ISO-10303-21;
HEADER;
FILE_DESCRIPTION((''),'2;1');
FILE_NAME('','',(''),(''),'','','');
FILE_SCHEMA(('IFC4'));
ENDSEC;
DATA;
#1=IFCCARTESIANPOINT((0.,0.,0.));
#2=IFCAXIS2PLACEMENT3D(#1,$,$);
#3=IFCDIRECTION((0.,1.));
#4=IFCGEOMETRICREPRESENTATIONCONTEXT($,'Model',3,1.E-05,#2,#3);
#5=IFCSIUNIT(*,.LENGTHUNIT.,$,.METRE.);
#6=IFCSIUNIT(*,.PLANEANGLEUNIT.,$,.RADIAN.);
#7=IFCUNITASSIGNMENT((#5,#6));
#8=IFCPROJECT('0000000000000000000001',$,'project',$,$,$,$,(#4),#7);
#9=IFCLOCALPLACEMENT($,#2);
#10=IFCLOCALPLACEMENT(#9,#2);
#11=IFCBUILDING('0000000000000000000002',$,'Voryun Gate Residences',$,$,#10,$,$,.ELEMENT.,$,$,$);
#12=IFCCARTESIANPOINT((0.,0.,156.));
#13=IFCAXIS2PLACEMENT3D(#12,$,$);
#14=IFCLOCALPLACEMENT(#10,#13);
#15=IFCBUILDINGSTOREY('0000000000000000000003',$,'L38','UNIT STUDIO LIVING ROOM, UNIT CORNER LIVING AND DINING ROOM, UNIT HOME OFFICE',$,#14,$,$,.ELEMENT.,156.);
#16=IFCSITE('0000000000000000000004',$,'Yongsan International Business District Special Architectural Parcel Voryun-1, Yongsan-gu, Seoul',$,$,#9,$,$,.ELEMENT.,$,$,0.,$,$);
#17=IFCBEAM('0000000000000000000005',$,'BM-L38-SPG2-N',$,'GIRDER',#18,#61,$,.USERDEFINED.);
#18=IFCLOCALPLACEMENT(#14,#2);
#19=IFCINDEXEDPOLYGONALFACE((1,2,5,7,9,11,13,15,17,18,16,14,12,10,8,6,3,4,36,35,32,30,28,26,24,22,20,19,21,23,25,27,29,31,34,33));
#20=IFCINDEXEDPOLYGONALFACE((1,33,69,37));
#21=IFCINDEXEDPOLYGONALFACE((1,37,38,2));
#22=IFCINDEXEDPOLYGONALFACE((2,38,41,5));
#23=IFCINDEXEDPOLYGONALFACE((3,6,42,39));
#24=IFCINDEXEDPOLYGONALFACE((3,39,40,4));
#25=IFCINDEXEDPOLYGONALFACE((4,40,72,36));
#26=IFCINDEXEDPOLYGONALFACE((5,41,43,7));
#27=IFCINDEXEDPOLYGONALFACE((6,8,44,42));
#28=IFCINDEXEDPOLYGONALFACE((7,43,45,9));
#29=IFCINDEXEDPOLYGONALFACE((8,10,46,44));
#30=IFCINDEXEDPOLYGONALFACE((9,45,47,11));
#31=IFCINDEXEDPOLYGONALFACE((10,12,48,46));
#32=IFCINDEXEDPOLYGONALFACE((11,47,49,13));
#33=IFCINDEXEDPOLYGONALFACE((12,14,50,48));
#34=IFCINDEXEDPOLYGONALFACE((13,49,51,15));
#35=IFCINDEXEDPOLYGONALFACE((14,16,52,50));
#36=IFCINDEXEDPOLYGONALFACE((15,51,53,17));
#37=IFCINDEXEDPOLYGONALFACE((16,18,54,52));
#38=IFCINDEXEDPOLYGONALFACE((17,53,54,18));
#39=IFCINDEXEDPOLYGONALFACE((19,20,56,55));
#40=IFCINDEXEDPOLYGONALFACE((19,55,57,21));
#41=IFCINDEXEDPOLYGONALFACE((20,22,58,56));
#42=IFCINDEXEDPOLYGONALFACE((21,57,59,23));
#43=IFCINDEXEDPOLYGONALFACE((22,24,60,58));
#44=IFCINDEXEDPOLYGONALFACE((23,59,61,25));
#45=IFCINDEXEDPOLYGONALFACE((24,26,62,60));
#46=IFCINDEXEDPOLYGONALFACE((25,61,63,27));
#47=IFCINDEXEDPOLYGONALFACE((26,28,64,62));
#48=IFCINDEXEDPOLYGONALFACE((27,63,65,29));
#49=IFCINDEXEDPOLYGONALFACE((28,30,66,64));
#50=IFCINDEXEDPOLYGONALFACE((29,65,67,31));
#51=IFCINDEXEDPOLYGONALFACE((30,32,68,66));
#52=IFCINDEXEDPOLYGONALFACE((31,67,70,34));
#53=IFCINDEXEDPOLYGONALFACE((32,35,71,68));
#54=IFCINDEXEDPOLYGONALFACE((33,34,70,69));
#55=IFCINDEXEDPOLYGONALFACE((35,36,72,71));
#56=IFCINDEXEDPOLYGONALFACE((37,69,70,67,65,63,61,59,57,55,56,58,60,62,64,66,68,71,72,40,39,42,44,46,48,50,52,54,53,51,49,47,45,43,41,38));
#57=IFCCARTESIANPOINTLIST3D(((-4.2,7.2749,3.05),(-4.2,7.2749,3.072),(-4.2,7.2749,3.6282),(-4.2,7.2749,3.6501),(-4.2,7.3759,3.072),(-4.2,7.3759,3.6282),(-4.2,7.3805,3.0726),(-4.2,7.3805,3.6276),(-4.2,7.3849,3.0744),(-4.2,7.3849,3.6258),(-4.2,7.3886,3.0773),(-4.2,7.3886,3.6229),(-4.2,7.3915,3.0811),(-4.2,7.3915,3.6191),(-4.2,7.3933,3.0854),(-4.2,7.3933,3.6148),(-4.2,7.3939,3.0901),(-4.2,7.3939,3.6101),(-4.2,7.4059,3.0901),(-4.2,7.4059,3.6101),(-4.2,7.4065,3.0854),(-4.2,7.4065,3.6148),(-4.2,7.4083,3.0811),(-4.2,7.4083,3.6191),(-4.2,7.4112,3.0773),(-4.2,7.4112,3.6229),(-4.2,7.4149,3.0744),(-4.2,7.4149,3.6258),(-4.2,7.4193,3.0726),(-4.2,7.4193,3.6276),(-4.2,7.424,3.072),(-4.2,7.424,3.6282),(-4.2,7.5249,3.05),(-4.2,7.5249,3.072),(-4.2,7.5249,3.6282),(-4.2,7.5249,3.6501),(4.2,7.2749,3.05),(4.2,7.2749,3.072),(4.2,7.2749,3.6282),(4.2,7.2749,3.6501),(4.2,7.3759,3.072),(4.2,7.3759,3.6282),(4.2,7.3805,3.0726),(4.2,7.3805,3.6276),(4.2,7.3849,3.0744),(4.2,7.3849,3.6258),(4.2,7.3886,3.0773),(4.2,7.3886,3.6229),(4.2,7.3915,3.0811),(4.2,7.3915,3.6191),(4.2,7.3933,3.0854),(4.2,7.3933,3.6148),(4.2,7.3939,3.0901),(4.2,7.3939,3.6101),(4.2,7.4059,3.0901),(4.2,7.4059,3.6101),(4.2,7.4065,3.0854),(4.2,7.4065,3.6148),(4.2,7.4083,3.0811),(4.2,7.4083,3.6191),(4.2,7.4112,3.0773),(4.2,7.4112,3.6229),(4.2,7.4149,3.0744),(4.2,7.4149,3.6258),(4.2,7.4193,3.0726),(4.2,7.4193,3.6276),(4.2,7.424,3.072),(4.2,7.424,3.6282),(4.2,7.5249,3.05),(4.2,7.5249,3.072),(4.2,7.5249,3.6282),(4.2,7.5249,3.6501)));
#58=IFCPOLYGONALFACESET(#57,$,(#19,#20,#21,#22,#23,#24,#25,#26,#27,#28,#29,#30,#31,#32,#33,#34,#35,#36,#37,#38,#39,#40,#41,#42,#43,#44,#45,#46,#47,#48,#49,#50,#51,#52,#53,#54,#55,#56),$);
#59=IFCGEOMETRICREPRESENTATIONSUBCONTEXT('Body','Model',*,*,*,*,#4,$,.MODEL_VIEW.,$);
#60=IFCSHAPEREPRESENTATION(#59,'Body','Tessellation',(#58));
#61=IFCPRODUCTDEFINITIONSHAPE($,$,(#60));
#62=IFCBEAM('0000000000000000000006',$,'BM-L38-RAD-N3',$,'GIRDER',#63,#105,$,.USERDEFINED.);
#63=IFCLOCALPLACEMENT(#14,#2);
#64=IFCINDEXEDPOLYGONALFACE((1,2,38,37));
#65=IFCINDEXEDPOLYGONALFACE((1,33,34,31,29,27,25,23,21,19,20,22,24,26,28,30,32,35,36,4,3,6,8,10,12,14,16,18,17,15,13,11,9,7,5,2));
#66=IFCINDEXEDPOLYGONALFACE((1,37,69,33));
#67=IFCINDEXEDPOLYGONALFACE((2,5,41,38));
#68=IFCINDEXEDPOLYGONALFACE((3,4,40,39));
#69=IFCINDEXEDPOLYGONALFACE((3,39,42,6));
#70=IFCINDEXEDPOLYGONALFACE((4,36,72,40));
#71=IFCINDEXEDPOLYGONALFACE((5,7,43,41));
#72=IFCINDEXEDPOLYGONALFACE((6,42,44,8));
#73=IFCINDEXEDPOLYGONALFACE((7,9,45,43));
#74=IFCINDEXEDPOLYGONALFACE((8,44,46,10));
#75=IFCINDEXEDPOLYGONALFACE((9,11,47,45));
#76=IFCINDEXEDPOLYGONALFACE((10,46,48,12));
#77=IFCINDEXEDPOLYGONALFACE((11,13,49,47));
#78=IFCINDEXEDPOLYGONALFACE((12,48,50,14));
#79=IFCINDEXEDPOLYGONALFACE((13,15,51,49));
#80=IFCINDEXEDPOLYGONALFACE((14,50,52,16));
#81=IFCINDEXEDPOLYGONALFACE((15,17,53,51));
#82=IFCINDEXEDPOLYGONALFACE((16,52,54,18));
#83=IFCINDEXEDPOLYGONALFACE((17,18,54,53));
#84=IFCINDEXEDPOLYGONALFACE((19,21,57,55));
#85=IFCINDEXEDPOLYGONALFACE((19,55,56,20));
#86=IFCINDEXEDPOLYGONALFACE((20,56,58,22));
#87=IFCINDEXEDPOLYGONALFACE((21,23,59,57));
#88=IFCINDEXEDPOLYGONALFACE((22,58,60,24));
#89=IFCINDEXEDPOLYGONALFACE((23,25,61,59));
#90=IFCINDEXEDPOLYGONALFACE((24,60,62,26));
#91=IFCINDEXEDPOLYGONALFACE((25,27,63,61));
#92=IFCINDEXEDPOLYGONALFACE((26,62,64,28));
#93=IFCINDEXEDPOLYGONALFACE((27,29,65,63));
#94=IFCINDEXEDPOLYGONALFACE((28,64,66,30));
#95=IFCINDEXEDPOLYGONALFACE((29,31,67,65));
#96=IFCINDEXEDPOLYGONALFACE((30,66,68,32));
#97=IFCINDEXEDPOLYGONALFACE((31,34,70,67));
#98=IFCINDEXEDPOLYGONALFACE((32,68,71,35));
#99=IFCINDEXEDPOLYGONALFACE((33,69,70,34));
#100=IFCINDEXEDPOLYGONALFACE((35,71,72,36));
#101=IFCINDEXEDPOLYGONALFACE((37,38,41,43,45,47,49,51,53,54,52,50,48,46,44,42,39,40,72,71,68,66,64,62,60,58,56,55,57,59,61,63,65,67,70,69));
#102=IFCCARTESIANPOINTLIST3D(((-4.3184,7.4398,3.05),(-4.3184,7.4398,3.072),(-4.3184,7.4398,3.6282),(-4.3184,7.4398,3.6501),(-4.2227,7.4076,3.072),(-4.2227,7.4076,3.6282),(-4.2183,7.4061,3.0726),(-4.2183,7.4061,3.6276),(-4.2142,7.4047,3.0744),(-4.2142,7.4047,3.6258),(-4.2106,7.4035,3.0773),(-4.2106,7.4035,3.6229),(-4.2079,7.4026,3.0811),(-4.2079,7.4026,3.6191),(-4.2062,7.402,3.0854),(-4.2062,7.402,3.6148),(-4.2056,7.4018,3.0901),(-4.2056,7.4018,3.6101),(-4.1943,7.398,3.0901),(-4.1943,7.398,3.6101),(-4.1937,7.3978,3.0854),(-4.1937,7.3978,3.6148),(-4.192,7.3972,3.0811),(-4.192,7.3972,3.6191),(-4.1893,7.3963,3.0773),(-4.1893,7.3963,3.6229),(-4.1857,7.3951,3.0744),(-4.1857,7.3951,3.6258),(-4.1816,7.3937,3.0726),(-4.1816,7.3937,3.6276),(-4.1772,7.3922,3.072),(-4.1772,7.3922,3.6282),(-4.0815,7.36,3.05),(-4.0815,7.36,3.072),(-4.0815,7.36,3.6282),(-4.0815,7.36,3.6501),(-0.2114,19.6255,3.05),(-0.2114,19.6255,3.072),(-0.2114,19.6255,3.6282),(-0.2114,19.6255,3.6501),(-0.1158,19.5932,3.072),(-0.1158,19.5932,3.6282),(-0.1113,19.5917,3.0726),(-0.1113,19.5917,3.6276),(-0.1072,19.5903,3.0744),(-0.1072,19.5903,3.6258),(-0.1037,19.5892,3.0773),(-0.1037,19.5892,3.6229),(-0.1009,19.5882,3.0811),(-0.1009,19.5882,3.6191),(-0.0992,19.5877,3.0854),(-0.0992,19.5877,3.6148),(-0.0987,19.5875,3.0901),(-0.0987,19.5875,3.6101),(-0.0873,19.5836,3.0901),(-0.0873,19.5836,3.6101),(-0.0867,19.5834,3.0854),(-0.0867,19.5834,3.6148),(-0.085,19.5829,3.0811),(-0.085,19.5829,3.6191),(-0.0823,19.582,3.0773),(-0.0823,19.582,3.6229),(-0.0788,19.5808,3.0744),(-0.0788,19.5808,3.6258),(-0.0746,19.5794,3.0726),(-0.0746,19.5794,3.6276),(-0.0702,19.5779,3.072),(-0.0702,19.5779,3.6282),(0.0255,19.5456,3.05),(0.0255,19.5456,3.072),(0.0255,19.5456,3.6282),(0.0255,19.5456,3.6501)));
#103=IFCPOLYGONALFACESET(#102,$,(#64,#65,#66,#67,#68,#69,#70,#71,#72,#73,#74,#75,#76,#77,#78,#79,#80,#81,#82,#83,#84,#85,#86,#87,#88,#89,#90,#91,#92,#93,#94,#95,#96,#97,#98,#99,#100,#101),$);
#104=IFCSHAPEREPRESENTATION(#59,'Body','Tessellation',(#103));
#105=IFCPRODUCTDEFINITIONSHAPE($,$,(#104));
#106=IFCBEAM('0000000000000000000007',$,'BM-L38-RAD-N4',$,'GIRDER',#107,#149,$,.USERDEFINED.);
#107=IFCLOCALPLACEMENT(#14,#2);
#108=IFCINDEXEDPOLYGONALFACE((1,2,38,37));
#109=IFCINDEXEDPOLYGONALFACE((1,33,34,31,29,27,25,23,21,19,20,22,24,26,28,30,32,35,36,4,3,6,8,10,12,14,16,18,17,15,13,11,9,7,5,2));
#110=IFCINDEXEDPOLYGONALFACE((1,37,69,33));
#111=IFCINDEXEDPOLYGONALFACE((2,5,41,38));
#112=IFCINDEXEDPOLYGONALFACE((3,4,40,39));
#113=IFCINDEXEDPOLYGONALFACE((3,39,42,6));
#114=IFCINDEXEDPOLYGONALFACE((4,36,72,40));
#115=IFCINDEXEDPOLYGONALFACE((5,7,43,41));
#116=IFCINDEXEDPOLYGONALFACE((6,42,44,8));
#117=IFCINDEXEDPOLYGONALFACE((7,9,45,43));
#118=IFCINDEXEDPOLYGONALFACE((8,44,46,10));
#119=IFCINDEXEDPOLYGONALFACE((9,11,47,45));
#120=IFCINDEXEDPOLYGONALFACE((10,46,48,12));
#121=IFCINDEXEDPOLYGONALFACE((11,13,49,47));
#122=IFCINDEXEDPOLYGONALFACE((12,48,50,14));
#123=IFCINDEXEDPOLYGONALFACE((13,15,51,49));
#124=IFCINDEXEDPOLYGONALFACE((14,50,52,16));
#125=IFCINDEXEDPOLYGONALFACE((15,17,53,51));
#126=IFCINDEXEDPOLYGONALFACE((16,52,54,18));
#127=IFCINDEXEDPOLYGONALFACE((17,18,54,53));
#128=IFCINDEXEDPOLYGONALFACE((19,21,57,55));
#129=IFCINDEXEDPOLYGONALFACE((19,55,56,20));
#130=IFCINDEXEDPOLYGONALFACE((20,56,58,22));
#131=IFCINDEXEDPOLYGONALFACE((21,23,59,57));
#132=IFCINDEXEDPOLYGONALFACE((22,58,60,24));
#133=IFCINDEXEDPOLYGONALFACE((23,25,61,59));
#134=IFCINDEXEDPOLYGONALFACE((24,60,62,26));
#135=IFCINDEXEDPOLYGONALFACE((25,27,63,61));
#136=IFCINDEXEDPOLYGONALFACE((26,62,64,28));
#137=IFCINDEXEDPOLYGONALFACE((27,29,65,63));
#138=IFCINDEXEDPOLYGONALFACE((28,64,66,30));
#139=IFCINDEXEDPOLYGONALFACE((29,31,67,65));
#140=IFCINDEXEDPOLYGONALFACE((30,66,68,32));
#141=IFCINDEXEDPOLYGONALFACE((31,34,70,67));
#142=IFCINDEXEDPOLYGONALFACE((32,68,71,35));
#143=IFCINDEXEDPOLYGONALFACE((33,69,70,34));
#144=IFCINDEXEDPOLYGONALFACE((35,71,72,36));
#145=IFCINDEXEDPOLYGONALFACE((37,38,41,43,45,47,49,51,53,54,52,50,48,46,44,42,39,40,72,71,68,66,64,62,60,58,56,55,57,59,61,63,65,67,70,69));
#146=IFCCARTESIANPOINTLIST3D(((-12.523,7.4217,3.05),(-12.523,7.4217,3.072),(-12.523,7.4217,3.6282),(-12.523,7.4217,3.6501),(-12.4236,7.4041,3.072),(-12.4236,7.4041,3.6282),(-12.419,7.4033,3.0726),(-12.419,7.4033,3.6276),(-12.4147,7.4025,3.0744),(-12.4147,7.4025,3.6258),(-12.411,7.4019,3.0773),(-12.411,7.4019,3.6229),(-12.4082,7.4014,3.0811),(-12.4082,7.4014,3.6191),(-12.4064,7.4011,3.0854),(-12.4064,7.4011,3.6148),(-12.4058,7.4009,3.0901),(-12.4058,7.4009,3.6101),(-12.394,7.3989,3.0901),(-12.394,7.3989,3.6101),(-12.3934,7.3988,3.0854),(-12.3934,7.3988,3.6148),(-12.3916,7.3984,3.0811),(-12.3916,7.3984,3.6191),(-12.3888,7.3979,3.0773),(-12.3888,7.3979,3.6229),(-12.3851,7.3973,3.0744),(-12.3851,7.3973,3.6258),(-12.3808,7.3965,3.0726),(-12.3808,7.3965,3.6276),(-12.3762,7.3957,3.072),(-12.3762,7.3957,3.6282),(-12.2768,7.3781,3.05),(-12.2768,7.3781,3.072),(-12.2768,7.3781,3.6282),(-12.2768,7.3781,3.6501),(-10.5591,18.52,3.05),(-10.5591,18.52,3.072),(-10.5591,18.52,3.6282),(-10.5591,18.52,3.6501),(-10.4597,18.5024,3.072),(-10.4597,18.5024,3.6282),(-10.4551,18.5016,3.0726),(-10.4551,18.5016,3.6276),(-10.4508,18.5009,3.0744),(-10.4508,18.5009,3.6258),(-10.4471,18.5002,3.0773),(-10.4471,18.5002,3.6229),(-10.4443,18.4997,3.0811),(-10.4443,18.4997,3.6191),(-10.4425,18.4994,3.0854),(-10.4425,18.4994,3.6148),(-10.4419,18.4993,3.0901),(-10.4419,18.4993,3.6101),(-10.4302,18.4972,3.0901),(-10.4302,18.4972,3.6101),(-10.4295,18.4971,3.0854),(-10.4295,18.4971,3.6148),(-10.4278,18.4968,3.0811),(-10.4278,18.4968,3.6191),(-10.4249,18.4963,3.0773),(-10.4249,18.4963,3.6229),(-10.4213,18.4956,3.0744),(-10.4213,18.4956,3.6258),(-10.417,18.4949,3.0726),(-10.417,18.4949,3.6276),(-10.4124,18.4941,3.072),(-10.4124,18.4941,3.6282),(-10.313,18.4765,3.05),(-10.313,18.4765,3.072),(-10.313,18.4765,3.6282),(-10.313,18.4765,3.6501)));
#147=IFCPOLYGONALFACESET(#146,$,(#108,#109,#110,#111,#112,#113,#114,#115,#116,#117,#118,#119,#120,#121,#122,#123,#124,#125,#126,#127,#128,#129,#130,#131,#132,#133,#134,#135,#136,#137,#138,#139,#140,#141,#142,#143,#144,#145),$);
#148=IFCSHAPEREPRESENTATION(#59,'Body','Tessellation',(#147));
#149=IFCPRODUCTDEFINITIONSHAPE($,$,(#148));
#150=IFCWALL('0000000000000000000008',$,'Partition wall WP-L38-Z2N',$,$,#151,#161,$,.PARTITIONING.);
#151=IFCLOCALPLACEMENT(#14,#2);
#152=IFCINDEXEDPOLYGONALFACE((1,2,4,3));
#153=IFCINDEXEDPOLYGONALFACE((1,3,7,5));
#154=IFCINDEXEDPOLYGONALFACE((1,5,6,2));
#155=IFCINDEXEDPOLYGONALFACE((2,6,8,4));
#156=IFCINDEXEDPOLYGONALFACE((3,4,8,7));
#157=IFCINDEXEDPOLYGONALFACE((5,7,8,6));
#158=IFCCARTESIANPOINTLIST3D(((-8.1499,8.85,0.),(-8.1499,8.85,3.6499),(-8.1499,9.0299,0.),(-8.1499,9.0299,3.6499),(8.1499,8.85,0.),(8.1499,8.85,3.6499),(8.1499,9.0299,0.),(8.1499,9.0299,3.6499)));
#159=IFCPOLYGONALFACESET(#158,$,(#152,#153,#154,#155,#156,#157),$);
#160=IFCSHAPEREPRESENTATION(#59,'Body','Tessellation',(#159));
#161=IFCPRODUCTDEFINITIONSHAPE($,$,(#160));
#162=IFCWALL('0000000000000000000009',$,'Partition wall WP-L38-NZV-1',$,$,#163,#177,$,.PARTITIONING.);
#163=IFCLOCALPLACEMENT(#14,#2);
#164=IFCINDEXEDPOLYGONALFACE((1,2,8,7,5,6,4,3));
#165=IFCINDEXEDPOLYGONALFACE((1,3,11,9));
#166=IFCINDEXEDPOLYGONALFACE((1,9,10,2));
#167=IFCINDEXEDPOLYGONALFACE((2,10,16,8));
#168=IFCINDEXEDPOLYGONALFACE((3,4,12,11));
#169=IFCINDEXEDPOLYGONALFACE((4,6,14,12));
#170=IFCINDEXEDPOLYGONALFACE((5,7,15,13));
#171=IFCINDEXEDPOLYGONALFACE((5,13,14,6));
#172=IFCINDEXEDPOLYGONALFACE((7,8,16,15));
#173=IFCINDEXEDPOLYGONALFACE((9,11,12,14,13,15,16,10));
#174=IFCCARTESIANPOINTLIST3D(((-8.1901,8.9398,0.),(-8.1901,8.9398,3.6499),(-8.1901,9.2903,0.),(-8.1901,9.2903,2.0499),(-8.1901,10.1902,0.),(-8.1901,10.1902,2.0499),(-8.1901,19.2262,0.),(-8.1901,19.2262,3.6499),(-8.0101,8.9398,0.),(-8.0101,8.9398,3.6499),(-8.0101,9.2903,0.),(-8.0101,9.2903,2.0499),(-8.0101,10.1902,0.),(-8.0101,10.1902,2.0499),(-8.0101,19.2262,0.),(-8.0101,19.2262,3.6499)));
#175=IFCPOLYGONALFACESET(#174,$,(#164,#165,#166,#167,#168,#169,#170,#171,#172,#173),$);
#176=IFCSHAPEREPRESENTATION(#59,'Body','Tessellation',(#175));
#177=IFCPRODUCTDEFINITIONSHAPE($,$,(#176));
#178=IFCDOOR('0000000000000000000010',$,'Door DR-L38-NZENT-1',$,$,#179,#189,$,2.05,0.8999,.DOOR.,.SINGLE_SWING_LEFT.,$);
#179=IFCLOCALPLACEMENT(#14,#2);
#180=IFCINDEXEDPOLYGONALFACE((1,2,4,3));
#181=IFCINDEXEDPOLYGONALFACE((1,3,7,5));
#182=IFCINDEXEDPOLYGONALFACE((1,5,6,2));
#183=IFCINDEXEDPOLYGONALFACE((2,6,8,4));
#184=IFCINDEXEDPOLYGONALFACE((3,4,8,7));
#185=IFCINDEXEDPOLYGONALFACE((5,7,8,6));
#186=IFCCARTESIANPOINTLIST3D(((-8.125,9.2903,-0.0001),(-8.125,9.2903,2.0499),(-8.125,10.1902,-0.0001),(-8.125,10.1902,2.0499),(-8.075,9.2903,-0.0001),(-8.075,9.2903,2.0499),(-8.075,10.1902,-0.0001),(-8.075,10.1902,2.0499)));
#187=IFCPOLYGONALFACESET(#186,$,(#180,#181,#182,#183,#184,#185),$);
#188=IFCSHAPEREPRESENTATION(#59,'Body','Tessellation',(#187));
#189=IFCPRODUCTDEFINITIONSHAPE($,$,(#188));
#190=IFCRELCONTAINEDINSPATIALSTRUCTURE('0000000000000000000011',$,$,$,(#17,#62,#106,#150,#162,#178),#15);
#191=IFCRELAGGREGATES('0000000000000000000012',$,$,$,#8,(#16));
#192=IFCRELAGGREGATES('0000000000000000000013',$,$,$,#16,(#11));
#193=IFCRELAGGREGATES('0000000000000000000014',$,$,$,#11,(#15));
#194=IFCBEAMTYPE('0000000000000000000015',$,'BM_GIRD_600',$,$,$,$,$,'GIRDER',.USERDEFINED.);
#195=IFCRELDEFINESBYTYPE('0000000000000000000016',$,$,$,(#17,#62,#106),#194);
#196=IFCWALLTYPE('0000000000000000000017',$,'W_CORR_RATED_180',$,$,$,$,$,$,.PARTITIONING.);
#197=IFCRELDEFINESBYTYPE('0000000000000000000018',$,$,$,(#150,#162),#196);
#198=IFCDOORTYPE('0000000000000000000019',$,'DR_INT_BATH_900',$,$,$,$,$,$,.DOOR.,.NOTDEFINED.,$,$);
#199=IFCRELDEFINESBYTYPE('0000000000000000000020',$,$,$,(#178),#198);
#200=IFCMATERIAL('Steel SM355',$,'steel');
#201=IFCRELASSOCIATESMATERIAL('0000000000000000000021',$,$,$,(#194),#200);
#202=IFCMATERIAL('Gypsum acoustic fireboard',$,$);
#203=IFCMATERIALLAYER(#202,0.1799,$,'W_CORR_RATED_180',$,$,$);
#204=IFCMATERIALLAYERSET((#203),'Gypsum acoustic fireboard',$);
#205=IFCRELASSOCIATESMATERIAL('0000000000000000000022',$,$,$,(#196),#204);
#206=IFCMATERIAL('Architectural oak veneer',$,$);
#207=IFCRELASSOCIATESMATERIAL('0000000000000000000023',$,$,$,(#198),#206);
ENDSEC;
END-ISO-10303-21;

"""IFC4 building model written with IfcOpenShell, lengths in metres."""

from ifc_helpers import new_model, si_unit, direction, frame, frame_2d, origin, origin_2d, place, context, subcontext, project, spatial, rectangle, i_section, extrude, material, layer, layer_set, material_profile, profile_set, type_object, element, fill, save


model = new_model("IFC4")

# Units and contexts
model_context = context("Model", 3, precision=1e-05, world=origin(), true_north=direction((0.0, 1.0)))
body_context = subcontext(model_context, "Body", "Model", "MODEL_VIEW")
ifc_project = project(units=[si_unit("LENGTHUNIT", "METRE"), si_unit("PLANEANGLEUNIT", "RADIAN")], contexts=[model_context])

# Site, building, storey
site_placement = place(None, origin())
site = spatial("IfcSite", under=ifc_project, at=site_placement, Name="Yongsan International Business District Special Architectural Parcel Voryun-1, Yongsan-gu, Seoul", CompositionType="ELEMENT", RefElevation=0.0)
building_placement = place(site_placement, origin())
building = spatial("IfcBuilding", under=site, at=building_placement, Name="Voryun Gate Residences", CompositionType="ELEMENT")
storey_placement = place(building_placement, frame((0.0, 0.0, 156.0)))
storey = spatial("IfcBuildingStorey", under=building, at=storey_placement, Name="L38", Description="UNIT STUDIO LIVING ROOM, UNIT CORNER LIVING AND DINING ROOM, UNIT HOME OFFICE", CompositionType="ELEMENT", Elevation=156.0)

# Beams
ifc_material_1 = material(Name="Steel SM355", Category="steel")
ifc_material_profile_1 = material_profile(ifc_material_1, i_section(OverallWidth=0.25, OverallDepth=0.6001, WebThickness=0.012, FlangeThickness=0.022, FilletRadius=0.0181, at=origin_2d()), Name="H-600x250x12x22")
ifc_profile_set_1 = profile_set([ifc_material_profile_1], Name="Steel SM355")
beam_type_1 = type_object("IfcBeamType", Name="BM_GIRD_600", ElementType="GIRDER", PredefinedType="USERDEFINED", material=ifc_profile_set_1)
beam_1_placement = place(storey_placement, frame((-4.2, 7.3999, 3.3501), z_axis=(1.0, 0.0, 0.0), x_axis=(0.0, 1.0, 0.0)))
element("IfcBeam", 1, at=beam_1_placement, inside=storey, type_object=beam_type_1, Name="BM-L38-SPG2-N", ObjectType="GIRDER", PredefinedType="USERDEFINED", context=body_context, shape_type="SweptSolid", body=[
    extrude(i_section(OverallWidth=0.25, OverallDepth=0.6001, WebThickness=0.012, FlangeThickness=0.022, FilletRadius=0.0181, at=origin_2d()), origin(), (0.0, 0.0, 1.0), 8.3999),
])
beam_2_placement = place(storey_placement, frame((-4.2, 7.3999, 3.3501), z_axis=(0.319381, 0.947626, 0.0), x_axis=(-0.947626, 0.319381, 0.0)))
element("IfcBeam", 2, at=beam_2_placement, inside=storey, type_object=beam_type_1, Name="BM-L38-RAD-N3", ObjectType="GIRDER", PredefinedType="USERDEFINED", context=body_context, shape_type="SweptSolid", body=[
    extrude(i_section(OverallWidth=0.25, OverallDepth=0.6001, WebThickness=0.012, FlangeThickness=0.022, FilletRadius=0.0181, at=origin_2d()), origin(), (0.0, 0.0, 1.0), 12.8591),
])
beam_3_placement = place(storey_placement, frame((-12.3999, 7.3999, 3.3501), z_axis=(0.174244, 0.984703, 0.0), x_axis=(-0.984703, 0.174244, 0.0)))
element("IfcBeam", 3, at=beam_3_placement, inside=storey, type_object=beam_type_1, Name="BM-L38-RAD-N4", ObjectType="GIRDER", PredefinedType="USERDEFINED", context=body_context, shape_type="SweptSolid", body=[
    extrude(i_section(OverallWidth=0.25, OverallDepth=0.6001, WebThickness=0.012, FlangeThickness=0.022, FilletRadius=0.0181, at=origin_2d()), origin(), (0.0, 0.0, 1.0), 11.2708),
])

# Wall
ifc_material_2 = material(Name="Gypsum acoustic fireboard")
ifc_layer_1 = layer(ifc_material_2, 0.1799, Name="W_CORR_RATED_180")
ifc_layer_set_1 = layer_set([ifc_layer_1], Name="Gypsum acoustic fireboard")
wall_type_1 = type_object("IfcWallType", Name="W_CORR_RATED_180", PredefinedType="PARTITIONING", material=ifc_layer_set_1)
wall_1_placement = place(storey_placement, frame((-8.1499, 8.9399, 0.0), z_axis=(0.0, 0.0, 1.0), x_axis=(1.0, 0.0, 0.0)))
element("IfcWall", 4, at=wall_1_placement, inside=storey, type_object=wall_type_1, Name="Partition wall WP-L38-Z2N", PredefinedType="PARTITIONING", context=body_context, shape_type="SweptSolid", body=[
    extrude(rectangle(XDim=16.2998, YDim=0.1799, at=frame_2d((8.1499, 0.0))), origin(), (0.0, 0.0, 1.0), 3.6499),
])

# Wall, opening, door
wall_2_placement = place(storey_placement, frame((-8.1001, 8.9399, 0.0), z_axis=(0.0, 0.0, 1.0), x_axis=(0.0, 1.0, 0.0)))
wall_2 = element("IfcWall", 5, at=wall_2_placement, inside=storey, type_object=wall_type_1, Name="Partition wall WP-L38-NZV-1", PredefinedType="PARTITIONING", context=body_context, shape_type="SweptSolid", body=[
    extrude(rectangle(XDim=10.2864, YDim=0.1799, at=frame_2d((5.1431, 0.0))), origin(), (0.0, 0.0, 1.0), 3.6499),
])
opening_1_placement = place(wall_2_placement, frame((0.3503, 0.0, 0.0)))
opening_1 = element("IfcOpeningElement", 6, at=opening_1_placement, cuts=wall_2, PredefinedType="OPENING", context=body_context, shape_type="SweptSolid", body=[
    extrude(rectangle(XDim=0.8999, YDim=2.05, at=frame_2d((0.45, 1.0249))), frame((0.0, 0.0999, 0.0), z_axis=(0.0, -1.0, 0.0), x_axis=(1.0, 0.0, 0.0)), (0.0, 0.0, 1.0), 0.2),
])
ifc_material_3 = material(Name="Architectural oak veneer")
door_type = type_object("IfcDoorType", Name="DR_INT_BATH_900", OperationType="NOTDEFINED", PredefinedType="DOOR", material=ifc_material_3)
door_1_placement = place(opening_1_placement, origin())
door_1 = element("IfcDoor", 7, at=door_1_placement, inside=storey, type_object=door_type, Name="Door DR-L38-NZENT-1", OperationType="SINGLE_SWING_LEFT", OverallHeight=2.05, OverallWidth=0.8999, PredefinedType="DOOR", context=body_context, shape_type="SweptSolid", body=[
    extrude(rectangle(XDim=0.8999, YDim=2.05, at=frame_2d((0.45, 1.0249))), frame((0.0, 0.0249, 0.0), z_axis=(0.0, -1.0, 0.0), x_axis=(1.0, 0.0, 0.0)), (0.0, 0.0, 1.0), 0.05),
])
fill(opening_1, door_1)

save(model, "model.ifc")
